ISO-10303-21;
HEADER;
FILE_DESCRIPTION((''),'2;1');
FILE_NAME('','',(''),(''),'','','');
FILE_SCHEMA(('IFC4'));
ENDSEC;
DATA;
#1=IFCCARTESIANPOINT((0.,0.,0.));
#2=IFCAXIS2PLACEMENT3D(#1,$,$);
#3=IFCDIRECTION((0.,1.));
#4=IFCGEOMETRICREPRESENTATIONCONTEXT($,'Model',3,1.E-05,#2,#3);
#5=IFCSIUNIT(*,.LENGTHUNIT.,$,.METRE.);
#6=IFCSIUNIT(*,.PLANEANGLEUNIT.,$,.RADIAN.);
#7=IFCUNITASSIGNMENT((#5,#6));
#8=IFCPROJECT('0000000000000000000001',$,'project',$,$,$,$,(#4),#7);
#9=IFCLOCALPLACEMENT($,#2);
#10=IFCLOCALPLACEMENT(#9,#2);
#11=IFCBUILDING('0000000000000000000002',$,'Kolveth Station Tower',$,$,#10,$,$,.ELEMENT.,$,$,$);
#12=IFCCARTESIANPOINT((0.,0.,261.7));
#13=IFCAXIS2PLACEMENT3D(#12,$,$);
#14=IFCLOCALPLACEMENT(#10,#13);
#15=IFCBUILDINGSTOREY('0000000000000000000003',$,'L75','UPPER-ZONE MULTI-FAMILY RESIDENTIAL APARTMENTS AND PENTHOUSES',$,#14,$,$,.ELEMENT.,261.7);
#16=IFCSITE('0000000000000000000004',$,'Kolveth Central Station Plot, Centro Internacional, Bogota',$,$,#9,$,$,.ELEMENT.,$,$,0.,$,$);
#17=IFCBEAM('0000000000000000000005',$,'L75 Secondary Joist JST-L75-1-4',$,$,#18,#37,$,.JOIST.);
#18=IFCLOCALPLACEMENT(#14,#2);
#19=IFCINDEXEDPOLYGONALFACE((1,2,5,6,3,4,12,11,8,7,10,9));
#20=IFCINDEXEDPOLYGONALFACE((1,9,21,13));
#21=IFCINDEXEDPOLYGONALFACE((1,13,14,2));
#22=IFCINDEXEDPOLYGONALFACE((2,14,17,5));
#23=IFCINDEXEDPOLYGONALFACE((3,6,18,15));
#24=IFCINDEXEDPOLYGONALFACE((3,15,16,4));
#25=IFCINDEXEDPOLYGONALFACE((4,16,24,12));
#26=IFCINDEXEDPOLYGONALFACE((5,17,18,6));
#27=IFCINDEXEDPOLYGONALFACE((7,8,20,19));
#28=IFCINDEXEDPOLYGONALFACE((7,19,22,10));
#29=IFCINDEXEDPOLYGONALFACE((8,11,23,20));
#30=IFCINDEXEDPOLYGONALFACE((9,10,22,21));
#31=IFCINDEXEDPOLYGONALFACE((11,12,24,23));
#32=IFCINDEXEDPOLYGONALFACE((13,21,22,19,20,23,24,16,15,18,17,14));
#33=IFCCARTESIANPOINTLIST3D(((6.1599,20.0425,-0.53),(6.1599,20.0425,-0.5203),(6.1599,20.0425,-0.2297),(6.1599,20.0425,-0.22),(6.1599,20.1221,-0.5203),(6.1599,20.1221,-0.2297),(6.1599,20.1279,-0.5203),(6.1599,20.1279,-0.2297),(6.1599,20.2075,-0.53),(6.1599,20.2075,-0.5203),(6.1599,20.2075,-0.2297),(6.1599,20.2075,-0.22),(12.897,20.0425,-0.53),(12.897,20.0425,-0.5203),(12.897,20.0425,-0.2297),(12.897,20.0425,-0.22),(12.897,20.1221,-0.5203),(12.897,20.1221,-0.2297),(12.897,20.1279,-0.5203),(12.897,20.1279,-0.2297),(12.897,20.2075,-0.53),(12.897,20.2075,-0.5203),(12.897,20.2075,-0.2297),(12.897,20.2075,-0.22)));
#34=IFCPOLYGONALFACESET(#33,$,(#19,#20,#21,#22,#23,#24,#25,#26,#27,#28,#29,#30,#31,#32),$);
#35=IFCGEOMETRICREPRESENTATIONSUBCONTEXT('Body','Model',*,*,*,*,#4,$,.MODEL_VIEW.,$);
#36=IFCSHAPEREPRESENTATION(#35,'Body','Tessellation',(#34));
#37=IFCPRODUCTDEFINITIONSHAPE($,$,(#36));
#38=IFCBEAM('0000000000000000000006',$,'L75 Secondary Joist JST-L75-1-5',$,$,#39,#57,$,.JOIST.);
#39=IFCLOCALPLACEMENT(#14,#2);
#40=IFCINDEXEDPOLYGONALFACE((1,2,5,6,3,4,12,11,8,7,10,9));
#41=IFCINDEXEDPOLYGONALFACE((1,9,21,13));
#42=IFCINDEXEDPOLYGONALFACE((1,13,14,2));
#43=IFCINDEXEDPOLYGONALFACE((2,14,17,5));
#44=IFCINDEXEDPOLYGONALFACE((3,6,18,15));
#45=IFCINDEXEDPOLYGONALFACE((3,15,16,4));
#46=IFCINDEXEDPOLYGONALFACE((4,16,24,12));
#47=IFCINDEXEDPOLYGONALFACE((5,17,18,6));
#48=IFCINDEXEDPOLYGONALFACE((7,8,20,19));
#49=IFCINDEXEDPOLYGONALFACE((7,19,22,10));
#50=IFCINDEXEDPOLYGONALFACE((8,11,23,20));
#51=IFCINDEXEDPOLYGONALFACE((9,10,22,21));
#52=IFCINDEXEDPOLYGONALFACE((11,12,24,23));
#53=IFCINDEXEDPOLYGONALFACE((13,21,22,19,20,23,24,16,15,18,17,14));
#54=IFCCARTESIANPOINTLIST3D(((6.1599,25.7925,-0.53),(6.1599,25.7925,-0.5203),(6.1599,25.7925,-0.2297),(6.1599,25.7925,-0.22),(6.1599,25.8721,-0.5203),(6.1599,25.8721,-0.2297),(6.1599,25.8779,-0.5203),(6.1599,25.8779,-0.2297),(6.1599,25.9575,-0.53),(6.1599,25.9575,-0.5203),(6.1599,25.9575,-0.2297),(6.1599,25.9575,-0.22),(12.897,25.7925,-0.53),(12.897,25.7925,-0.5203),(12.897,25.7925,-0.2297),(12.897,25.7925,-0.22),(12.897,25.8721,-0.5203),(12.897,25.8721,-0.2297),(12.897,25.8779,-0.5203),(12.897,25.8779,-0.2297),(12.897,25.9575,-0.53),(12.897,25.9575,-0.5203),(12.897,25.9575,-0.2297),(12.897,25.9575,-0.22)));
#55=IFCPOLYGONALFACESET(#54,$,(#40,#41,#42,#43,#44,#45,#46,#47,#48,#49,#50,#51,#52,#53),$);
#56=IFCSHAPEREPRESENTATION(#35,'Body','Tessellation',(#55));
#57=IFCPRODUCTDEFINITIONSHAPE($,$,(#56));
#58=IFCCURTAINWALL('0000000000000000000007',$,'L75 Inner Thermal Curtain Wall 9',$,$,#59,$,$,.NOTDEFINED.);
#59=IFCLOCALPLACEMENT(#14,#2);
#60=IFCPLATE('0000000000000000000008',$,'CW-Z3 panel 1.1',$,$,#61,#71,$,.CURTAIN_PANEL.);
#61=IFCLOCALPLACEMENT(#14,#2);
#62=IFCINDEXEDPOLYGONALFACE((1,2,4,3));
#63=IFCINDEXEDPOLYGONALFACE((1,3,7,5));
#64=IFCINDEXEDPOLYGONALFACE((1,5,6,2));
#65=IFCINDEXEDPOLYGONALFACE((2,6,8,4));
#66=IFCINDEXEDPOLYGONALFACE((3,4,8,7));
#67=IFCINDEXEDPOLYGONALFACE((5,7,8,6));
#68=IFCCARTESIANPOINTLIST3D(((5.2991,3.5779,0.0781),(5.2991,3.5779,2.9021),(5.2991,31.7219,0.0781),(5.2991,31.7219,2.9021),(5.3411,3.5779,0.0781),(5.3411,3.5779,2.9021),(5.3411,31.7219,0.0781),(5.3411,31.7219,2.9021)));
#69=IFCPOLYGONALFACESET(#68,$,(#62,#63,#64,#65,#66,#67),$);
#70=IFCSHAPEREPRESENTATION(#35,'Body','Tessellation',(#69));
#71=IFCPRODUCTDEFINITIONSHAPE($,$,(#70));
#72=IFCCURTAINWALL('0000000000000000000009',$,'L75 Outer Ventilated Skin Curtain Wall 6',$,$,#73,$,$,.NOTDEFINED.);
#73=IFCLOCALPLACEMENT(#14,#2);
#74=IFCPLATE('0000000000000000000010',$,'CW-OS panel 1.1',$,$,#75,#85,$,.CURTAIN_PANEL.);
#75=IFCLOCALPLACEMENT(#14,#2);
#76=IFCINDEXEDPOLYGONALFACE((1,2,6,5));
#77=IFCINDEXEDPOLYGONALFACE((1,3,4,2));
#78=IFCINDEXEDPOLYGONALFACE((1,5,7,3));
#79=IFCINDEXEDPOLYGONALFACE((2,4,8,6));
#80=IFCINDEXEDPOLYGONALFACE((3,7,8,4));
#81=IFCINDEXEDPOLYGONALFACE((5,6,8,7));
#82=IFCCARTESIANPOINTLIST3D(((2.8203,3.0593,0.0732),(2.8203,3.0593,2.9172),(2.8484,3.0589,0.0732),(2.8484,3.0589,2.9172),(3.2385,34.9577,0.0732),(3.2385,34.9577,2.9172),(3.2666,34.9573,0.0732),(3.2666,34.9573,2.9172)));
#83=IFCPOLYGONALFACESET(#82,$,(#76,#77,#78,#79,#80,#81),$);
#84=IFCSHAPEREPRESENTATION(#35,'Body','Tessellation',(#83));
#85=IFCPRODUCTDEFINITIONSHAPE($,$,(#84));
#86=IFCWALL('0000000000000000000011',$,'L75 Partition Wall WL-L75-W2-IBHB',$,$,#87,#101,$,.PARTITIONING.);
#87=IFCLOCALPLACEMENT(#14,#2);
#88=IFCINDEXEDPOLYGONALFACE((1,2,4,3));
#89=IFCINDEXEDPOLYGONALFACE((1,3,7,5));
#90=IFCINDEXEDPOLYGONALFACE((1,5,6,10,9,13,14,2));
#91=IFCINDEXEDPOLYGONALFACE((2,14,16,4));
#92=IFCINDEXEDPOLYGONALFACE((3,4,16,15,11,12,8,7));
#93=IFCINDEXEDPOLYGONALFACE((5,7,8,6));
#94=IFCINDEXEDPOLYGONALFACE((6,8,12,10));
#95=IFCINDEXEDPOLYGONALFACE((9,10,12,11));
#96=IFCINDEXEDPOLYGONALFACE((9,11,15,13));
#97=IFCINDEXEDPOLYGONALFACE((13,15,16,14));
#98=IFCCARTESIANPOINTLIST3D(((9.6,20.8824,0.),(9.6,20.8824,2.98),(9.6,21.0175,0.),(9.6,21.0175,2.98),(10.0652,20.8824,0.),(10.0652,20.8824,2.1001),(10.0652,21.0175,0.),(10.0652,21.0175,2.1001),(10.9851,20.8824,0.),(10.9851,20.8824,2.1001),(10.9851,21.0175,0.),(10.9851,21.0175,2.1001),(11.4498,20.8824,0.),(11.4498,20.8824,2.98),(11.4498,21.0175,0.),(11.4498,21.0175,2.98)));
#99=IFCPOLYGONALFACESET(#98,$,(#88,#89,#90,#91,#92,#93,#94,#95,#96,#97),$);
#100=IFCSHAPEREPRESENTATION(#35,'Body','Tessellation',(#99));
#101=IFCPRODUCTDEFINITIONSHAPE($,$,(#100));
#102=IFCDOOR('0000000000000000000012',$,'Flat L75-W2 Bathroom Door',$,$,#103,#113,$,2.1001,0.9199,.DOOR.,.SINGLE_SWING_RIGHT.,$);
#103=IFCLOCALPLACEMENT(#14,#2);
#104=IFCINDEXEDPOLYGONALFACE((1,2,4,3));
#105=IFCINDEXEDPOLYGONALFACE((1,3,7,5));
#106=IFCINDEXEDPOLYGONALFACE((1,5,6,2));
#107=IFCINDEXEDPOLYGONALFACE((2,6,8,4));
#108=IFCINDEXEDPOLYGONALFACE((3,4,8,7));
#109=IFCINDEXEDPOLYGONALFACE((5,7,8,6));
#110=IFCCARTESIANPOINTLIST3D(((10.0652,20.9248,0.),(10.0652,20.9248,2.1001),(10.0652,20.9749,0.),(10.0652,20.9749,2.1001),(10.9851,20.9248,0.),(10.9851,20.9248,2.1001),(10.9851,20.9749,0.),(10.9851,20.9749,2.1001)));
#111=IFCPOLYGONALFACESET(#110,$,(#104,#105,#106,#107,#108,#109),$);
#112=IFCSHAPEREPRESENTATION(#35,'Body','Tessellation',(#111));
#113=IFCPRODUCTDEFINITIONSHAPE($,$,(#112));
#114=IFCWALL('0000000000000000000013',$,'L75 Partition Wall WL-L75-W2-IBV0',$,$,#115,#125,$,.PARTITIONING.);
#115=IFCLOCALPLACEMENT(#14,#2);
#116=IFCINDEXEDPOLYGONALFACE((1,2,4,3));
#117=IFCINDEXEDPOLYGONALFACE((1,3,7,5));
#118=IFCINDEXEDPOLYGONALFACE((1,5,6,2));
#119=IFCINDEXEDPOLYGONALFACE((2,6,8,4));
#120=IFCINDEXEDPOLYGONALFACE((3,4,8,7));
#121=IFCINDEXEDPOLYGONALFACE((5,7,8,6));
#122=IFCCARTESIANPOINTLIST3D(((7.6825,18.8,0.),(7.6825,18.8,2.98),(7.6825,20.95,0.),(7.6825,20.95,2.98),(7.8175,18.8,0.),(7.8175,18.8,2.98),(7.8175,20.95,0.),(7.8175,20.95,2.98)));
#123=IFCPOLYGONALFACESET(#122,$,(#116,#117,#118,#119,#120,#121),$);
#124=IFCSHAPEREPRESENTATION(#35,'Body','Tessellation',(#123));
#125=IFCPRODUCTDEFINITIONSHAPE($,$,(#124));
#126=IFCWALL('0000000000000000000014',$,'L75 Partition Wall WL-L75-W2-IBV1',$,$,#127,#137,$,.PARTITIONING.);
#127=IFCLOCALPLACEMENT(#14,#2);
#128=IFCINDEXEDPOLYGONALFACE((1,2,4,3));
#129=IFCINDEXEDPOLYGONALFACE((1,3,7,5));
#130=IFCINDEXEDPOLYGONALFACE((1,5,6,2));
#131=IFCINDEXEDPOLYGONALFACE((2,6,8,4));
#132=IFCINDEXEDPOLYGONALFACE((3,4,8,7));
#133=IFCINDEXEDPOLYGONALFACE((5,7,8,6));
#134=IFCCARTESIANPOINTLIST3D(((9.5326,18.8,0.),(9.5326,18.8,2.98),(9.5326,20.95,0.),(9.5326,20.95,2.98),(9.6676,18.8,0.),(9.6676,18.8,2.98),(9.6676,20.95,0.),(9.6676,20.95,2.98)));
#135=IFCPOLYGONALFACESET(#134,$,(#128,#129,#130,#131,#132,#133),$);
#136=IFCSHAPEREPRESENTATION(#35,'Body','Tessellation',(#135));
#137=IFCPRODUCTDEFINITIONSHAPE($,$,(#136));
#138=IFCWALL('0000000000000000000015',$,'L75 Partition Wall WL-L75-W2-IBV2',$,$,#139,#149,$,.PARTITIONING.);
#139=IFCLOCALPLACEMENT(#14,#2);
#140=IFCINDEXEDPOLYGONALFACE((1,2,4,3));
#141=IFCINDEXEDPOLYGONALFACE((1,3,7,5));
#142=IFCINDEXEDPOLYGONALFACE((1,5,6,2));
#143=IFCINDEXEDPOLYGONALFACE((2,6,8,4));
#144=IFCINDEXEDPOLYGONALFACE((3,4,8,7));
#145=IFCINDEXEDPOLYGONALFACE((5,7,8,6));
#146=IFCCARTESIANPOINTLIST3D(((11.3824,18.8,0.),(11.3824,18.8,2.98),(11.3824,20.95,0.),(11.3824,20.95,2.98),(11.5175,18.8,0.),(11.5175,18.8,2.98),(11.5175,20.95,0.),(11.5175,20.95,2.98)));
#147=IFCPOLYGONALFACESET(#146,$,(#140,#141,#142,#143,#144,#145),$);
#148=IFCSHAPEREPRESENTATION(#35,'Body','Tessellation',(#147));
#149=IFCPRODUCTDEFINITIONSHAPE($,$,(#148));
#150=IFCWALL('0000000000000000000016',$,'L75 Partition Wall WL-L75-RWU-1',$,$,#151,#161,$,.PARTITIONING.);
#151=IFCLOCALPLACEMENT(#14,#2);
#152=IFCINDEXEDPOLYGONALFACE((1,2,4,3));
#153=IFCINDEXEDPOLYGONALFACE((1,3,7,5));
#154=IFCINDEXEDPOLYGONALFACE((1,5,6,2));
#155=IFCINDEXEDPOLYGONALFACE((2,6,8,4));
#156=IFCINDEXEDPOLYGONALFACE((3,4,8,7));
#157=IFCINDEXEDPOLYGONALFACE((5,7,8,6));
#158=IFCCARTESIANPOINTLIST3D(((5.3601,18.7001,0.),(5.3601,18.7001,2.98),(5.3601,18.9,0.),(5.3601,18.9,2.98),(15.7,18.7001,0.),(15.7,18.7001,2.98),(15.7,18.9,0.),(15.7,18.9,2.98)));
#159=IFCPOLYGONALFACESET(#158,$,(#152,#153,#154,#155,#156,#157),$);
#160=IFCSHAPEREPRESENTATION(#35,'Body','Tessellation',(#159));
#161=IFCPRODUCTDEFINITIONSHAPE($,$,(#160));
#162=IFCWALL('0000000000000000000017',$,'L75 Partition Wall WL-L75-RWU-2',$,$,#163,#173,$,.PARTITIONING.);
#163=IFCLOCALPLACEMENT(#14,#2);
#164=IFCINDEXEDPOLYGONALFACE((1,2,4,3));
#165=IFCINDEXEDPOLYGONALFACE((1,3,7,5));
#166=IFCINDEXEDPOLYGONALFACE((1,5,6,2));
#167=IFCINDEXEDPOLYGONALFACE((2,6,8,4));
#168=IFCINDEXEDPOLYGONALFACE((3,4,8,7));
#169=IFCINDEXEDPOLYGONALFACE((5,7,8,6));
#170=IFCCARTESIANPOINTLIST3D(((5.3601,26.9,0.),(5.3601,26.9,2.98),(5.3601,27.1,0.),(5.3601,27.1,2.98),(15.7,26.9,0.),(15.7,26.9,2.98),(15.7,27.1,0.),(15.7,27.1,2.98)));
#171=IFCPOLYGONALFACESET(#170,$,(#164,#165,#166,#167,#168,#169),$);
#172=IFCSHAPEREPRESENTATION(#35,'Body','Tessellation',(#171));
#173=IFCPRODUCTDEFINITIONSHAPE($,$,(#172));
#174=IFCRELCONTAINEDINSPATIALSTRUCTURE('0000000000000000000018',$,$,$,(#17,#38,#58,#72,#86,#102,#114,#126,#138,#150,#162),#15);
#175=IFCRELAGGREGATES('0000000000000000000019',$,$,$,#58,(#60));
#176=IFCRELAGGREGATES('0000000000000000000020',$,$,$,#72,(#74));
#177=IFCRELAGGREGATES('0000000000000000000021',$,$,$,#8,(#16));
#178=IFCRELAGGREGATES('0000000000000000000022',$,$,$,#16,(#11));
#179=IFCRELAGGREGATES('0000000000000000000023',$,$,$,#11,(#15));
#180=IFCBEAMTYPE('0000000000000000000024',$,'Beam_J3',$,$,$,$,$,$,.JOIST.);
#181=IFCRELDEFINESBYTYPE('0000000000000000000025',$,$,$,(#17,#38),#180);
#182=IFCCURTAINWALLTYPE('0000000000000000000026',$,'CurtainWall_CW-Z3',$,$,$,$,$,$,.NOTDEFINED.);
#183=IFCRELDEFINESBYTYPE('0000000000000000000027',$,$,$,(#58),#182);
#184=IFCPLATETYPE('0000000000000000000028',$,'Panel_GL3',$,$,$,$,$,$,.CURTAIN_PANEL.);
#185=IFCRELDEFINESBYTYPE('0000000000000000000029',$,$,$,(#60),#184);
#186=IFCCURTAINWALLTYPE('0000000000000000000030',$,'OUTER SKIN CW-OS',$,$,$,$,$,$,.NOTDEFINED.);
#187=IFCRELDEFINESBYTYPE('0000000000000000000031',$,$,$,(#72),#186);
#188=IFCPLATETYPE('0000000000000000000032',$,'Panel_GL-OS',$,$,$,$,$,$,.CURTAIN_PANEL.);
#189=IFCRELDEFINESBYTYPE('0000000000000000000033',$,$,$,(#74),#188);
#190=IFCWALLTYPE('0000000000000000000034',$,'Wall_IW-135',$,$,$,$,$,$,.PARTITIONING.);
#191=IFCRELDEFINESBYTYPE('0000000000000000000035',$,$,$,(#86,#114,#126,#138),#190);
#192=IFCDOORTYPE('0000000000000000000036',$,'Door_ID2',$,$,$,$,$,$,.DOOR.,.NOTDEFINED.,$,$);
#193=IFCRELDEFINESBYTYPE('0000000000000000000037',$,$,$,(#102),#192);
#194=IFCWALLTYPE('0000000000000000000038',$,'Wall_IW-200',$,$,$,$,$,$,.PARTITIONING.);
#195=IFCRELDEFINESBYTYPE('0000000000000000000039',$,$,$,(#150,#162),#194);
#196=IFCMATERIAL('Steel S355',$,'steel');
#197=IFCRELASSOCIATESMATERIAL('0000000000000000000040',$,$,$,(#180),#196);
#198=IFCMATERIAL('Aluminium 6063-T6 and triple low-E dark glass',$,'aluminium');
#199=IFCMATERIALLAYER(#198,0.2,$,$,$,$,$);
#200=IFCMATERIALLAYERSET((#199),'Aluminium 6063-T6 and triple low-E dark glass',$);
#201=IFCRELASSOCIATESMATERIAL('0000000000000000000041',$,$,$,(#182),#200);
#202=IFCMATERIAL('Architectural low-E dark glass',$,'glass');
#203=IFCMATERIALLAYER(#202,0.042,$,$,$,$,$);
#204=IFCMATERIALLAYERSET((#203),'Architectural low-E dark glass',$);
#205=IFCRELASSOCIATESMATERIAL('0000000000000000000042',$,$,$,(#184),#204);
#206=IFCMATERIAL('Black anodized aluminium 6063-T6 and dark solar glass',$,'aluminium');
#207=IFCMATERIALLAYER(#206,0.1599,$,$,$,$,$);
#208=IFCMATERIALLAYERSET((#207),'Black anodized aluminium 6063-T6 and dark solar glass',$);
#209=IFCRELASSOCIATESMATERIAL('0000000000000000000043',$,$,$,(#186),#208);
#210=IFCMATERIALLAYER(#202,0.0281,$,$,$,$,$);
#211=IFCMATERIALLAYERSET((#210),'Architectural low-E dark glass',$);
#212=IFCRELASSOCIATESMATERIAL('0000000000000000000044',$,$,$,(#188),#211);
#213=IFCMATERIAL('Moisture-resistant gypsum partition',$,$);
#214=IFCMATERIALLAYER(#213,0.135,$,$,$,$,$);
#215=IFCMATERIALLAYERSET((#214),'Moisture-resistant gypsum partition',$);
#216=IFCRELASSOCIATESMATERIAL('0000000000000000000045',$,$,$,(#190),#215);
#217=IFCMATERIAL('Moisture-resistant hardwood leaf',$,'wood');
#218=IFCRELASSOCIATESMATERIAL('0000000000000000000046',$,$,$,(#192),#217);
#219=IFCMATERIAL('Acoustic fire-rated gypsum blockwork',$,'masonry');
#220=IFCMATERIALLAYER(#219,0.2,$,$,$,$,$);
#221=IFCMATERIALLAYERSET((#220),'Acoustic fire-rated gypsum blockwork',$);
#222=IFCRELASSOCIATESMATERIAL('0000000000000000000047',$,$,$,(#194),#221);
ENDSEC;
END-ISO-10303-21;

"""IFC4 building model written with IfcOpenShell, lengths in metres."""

from ifc_helpers import new_model, si_unit, direction, frame, frame_2d, origin, origin_2d, place, context, subcontext, project, spatial, rectangle, i_section, extrude, source, transform, mapped, material, layer, layer_set, material_profile, profile_set, type_object, element, fill, aggregate, save


model = new_model("IFC4")

# Units and contexts
model_context = context("Model", 3, precision=1e-05, world=origin(), true_north=direction((0.0, 1.0)))
body_context = subcontext(model_context, "Body", "Model", "MODEL_VIEW")
ifc_project = project(units=[si_unit("LENGTHUNIT", "METRE"), si_unit("PLANEANGLEUNIT", "RADIAN")], contexts=[model_context])

# Site, building, storey
site_placement = place(None, origin())
site = spatial("IfcSite", under=ifc_project, at=site_placement, Name="Kolveth Central Station Plot, Centro Internacional, Bogota", CompositionType="ELEMENT", RefElevation=0.0)
building_placement = place(site_placement, origin())
building = spatial("IfcBuilding", under=site, at=building_placement, Name="Kolveth Station Tower", CompositionType="ELEMENT")
storey_placement = place(building_placement, frame((0.0, 0.0, 261.7)))
storey = spatial("IfcBuildingStorey", under=building, at=storey_placement, Name="L75", Description="UPPER-ZONE MULTI-FAMILY RESIDENTIAL APARTMENTS AND PENTHOUSES", CompositionType="ELEMENT", Elevation=261.7)

# Shared definitions
ifc_material_1 = material(Name="Steel S355", Category="steel")

# Beams
ifc_material_profile_1 = material_profile(ifc_material_1, i_section(OverallWidth=0.165, OverallDepth=0.3101, WebThickness=0.0059, FlangeThickness=0.0098, at=origin_2d()), Name="W310x39")
ifc_profile_set_1 = profile_set([ifc_material_profile_1], Name="Steel S355")
beam_type_1 = type_object("IfcBeamType", Name="Beam_J3", PredefinedType="JOIST", material=ifc_profile_set_1)
shared_shape_1 = source(origin(), body_context, "Body", "SweptSolid", [
    extrude(i_section(OverallWidth=0.165, OverallDepth=0.3101, WebThickness=0.0059, FlangeThickness=0.0098, at=origin_2d()), origin(), (0.0, 0.0, 1.0), 6.7371),
])
for number, where, z_axis, x_axis, name in (
    (1, (6.1599, 20.125, -0.375), (1.0, 0.0, 0.0), (0.0, 1.0, 0.0), "L75 Secondary Joist JST-L75-1-4"),
    (2, (6.1599, 25.875, -0.375), (1.0, 0.0, 0.0), (0.0, 1.0, 0.0), "L75 Secondary Joist JST-L75-1-5"),
):
    element("IfcBeam", number, at=place(storey_placement, frame(where, z_axis=z_axis, x_axis=x_axis)), inside=storey, type_object=beam_type_1, Name=name, PredefinedType="JOIST", context=body_context, shape_type="MappedRepresentation", body=[
        mapped(shared_shape_1, transform((0.0, 0.0, 0.0), x_axis=(1.0, 0.0, 0.0), y_axis=(0.0, 1.0, 0.0), z_axis=(0.0, 0.0, 1.0), scale=1.0)),
    ])

# Curtain walls, plates
ifc_material_2 = material(Name="Aluminium 6063-T6 and triple low-E dark glass", Category="aluminium")
ifc_layer_1 = layer(ifc_material_2, 0.2)
ifc_layer_set_1 = layer_set([ifc_layer_1], Name="Aluminium 6063-T6 and triple low-E dark glass")
curtain_wall_type_1 = type_object("IfcCurtainWallType", Name="CurtainWall_CW-Z3", PredefinedType="NOTDEFINED", material=ifc_layer_set_1)
curtain_wall_1_placement = place(storey_placement, origin())
curtain_wall_1 = element("IfcCurtainWall", 3, at=curtain_wall_1_placement, inside=storey, type_object=curtain_wall_type_1, Name="L75 Inner Thermal Curtain Wall 9", PredefinedType="NOTDEFINED")
ifc_material_3 = material(Name="Architectural low-E dark glass", Category="glass")
ifc_layer_2 = layer(ifc_material_3, 0.042)
ifc_layer_set_2 = layer_set([ifc_layer_2], Name="Architectural low-E dark glass")
plate_type_1 = type_object("IfcPlateType", Name="Panel_GL3", PredefinedType="CURTAIN_PANEL", material=ifc_layer_set_2)
shared_shape_2 = source(origin(), body_context, "Body", "SweptSolid", [
    extrude(rectangle(XDim=28.144, YDim=0.042, at=origin_2d()), origin(), (0.0, 0.0, 1.0), 2.824),
])
plate_1_placement = place(storey_placement, frame((5.3201, 17.6499, 0.0781), z_axis=(0.0, 0.0, 1.0), x_axis=(0.0, -1.0, 0.0)))
plate_1 = element("IfcPlate", 4, at=plate_1_placement, type_object=plate_type_1, Name="CW-Z3 panel 1.1", PredefinedType="CURTAIN_PANEL", context=body_context, shape_type="MappedRepresentation", body=[
    mapped(shared_shape_2, transform((0.0, 0.0, 0.0), x_axis=(1.0, 0.0, 0.0), y_axis=(0.0, 1.0, 0.0), z_axis=(0.0, 0.0, 1.0), scale=1.0)),
])
aggregate(curtain_wall_1, [plate_1])
ifc_material_4 = material(Name="Black anodized aluminium 6063-T6 and dark solar glass", Category="aluminium")
ifc_layer_3 = layer(ifc_material_4, 0.1599)
ifc_layer_set_3 = layer_set([ifc_layer_3], Name="Black anodized aluminium 6063-T6 and dark solar glass")
curtain_wall_type_2 = type_object("IfcCurtainWallType", Name="OUTER SKIN CW-OS", PredefinedType="NOTDEFINED", material=ifc_layer_set_3)
curtain_wall_2_placement = place(storey_placement, origin())
curtain_wall_2 = element("IfcCurtainWall", 5, at=curtain_wall_2_placement, inside=storey, type_object=curtain_wall_type_2, Name="L75 Outer Ventilated Skin Curtain Wall 6", PredefinedType="NOTDEFINED")
ifc_layer_4 = layer(ifc_material_3, 0.0281)
ifc_layer_set_4 = layer_set([ifc_layer_4], Name="Architectural low-E dark glass")
plate_type_2 = type_object("IfcPlateType", Name="Panel_GL-OS", PredefinedType="CURTAIN_PANEL", material=ifc_layer_set_4)
shared_shape_3 = source(origin(), body_context, "Body", "SweptSolid", [
    extrude(rectangle(XDim=31.9011, YDim=0.0281, at=origin_2d()), origin(), (0.0, 0.0, 1.0), 2.844),
])
plate_2_placement = place(storey_placement, frame((3.0435, 19.0083, 0.0732), z_axis=(0.0, 0.0, 1.0), x_axis=(-0.01311, -0.999914, 0.0)))
plate_2 = element("IfcPlate", 6, at=plate_2_placement, type_object=plate_type_2, Name="CW-OS panel 1.1", PredefinedType="CURTAIN_PANEL", context=body_context, shape_type="MappedRepresentation", body=[
    mapped(shared_shape_3, transform((0.0, 0.0, 0.0), x_axis=(1.0, 0.0, 0.0), y_axis=(0.0, 1.0, 0.0), z_axis=(0.0, 0.0, 1.0), scale=1.0)),
])
aggregate(curtain_wall_2, [plate_2])

# Wall, opening, door
ifc_material_5 = material(Name="Moisture-resistant gypsum partition")
ifc_layer_5 = layer(ifc_material_5, 0.135)
ifc_layer_set_5 = layer_set([ifc_layer_5], Name="Moisture-resistant gypsum partition")
wall_type_1 = type_object("IfcWallType", Name="Wall_IW-135", PredefinedType="PARTITIONING", material=ifc_layer_set_5)
wall_1_placement = place(storey_placement, frame((9.6001, 20.95, 0.0), z_axis=(0.0, 0.0, 1.0), x_axis=(1.0, 0.0, 0.0)))
wall_1 = element("IfcWall", 7, at=wall_1_placement, inside=storey, type_object=wall_type_1, Name="L75 Partition Wall WL-L75-W2-IBHB", PredefinedType="PARTITIONING", context=body_context, shape_type="SweptSolid", body=[
    extrude(rectangle(XDim=1.8499, YDim=0.135, at=frame_2d((0.9248, 0.0))), origin(), (0.0, 0.0, 1.0), 2.98),
])
opening_1_placement = place(wall_1_placement, frame((0.4651, 0.0, 0.0)))
opening_1 = element("IfcOpeningElement", 8, at=opening_1_placement, cuts=wall_1, PredefinedType="OPENING", context=body_context, shape_type="SweptSolid", body=[
    extrude(rectangle(XDim=0.9199, YDim=2.1001, at=frame_2d((0.46, 1.05))), frame((0.0, 0.0774, 0.0), z_axis=(0.0, -1.0, 0.0), x_axis=(1.0, 0.0, 0.0)), (0.0, 0.0, 1.0), 0.155),
])
ifc_material_6 = material(Name="Moisture-resistant hardwood leaf", Category="wood")
door_type_1 = type_object("IfcDoorType", Name="Door_ID2", OperationType="NOTDEFINED", PredefinedType="DOOR", material=ifc_material_6)
door_1_placement = place(opening_1_placement, origin())
door_1 = element("IfcDoor", 9, at=door_1_placement, inside=storey, type_object=door_type_1, Name="Flat L75-W2 Bathroom Door", OperationType="SINGLE_SWING_RIGHT", OverallHeight=2.1001, OverallWidth=0.9199, PredefinedType="DOOR", context=body_context, shape_type="SweptSolid", body=[
    extrude(rectangle(XDim=0.9199, YDim=2.1001, at=frame_2d((0.46, 1.05))), frame((0.0, 0.0249, 0.0), z_axis=(0.0, -1.0, 0.0), x_axis=(1.0, 0.0, 0.0)), (0.0, 0.0, 1.0), 0.05),
])
fill(opening_1, door_1)

# Walls
for number, where, z_axis, x_axis, name in (
    (10, (7.75, 18.8, 0.0), (0.0, 0.0, 1.0), (0.0, 1.0, 0.0), "L75 Partition Wall WL-L75-W2-IBV0"),
    (11, (9.6001, 18.8, 0.0), (0.0, 0.0, 1.0), (0.0, 1.0, 0.0), "L75 Partition Wall WL-L75-W2-IBV1"),
    (12, (11.45, 18.8, 0.0), (0.0, 0.0, 1.0), (0.0, 1.0, 0.0), "L75 Partition Wall WL-L75-W2-IBV2"),
):
    element("IfcWall", number, at=place(storey_placement, frame(where, z_axis=z_axis, x_axis=x_axis)), inside=storey, type_object=wall_type_1, Name=name, PredefinedType="PARTITIONING", context=body_context, shape_type="SweptSolid", body=[
        extrude(rectangle(XDim=2.1499, YDim=0.135, at=frame_2d((1.075, 0.0))), origin(), (0.0, 0.0, 1.0), 2.98),
    ])
ifc_material_7 = material(Name="Acoustic fire-rated gypsum blockwork", Category="masonry")
ifc_layer_6 = layer(ifc_material_7, 0.2)
ifc_layer_set_6 = layer_set([ifc_layer_6], Name="Acoustic fire-rated gypsum blockwork")
wall_type_2 = type_object("IfcWallType", Name="Wall_IW-200", PredefinedType="PARTITIONING", material=ifc_layer_set_6)
for number, where, z_axis, x_axis, name in (
    (13, (5.3601, 18.8, 0.0), (0.0, 0.0, 1.0), (1.0, 0.0, 0.0), "L75 Partition Wall WL-L75-RWU-1"),
    (14, (5.3601, 27.0, 0.0), (0.0, 0.0, 1.0), (1.0, 0.0, 0.0), "L75 Partition Wall WL-L75-RWU-2"),
):
    element("IfcWall", number, at=place(storey_placement, frame(where, z_axis=z_axis, x_axis=x_axis)), inside=storey, type_object=wall_type_2, Name=name, PredefinedType="PARTITIONING", context=body_context, shape_type="SweptSolid", body=[
        extrude(rectangle(XDim=10.3398, YDim=0.2, at=frame_2d((5.1699, 0.0))), origin(), (0.0, 0.0, 1.0), 2.98),
    ])

save(model, "model.ifc")
